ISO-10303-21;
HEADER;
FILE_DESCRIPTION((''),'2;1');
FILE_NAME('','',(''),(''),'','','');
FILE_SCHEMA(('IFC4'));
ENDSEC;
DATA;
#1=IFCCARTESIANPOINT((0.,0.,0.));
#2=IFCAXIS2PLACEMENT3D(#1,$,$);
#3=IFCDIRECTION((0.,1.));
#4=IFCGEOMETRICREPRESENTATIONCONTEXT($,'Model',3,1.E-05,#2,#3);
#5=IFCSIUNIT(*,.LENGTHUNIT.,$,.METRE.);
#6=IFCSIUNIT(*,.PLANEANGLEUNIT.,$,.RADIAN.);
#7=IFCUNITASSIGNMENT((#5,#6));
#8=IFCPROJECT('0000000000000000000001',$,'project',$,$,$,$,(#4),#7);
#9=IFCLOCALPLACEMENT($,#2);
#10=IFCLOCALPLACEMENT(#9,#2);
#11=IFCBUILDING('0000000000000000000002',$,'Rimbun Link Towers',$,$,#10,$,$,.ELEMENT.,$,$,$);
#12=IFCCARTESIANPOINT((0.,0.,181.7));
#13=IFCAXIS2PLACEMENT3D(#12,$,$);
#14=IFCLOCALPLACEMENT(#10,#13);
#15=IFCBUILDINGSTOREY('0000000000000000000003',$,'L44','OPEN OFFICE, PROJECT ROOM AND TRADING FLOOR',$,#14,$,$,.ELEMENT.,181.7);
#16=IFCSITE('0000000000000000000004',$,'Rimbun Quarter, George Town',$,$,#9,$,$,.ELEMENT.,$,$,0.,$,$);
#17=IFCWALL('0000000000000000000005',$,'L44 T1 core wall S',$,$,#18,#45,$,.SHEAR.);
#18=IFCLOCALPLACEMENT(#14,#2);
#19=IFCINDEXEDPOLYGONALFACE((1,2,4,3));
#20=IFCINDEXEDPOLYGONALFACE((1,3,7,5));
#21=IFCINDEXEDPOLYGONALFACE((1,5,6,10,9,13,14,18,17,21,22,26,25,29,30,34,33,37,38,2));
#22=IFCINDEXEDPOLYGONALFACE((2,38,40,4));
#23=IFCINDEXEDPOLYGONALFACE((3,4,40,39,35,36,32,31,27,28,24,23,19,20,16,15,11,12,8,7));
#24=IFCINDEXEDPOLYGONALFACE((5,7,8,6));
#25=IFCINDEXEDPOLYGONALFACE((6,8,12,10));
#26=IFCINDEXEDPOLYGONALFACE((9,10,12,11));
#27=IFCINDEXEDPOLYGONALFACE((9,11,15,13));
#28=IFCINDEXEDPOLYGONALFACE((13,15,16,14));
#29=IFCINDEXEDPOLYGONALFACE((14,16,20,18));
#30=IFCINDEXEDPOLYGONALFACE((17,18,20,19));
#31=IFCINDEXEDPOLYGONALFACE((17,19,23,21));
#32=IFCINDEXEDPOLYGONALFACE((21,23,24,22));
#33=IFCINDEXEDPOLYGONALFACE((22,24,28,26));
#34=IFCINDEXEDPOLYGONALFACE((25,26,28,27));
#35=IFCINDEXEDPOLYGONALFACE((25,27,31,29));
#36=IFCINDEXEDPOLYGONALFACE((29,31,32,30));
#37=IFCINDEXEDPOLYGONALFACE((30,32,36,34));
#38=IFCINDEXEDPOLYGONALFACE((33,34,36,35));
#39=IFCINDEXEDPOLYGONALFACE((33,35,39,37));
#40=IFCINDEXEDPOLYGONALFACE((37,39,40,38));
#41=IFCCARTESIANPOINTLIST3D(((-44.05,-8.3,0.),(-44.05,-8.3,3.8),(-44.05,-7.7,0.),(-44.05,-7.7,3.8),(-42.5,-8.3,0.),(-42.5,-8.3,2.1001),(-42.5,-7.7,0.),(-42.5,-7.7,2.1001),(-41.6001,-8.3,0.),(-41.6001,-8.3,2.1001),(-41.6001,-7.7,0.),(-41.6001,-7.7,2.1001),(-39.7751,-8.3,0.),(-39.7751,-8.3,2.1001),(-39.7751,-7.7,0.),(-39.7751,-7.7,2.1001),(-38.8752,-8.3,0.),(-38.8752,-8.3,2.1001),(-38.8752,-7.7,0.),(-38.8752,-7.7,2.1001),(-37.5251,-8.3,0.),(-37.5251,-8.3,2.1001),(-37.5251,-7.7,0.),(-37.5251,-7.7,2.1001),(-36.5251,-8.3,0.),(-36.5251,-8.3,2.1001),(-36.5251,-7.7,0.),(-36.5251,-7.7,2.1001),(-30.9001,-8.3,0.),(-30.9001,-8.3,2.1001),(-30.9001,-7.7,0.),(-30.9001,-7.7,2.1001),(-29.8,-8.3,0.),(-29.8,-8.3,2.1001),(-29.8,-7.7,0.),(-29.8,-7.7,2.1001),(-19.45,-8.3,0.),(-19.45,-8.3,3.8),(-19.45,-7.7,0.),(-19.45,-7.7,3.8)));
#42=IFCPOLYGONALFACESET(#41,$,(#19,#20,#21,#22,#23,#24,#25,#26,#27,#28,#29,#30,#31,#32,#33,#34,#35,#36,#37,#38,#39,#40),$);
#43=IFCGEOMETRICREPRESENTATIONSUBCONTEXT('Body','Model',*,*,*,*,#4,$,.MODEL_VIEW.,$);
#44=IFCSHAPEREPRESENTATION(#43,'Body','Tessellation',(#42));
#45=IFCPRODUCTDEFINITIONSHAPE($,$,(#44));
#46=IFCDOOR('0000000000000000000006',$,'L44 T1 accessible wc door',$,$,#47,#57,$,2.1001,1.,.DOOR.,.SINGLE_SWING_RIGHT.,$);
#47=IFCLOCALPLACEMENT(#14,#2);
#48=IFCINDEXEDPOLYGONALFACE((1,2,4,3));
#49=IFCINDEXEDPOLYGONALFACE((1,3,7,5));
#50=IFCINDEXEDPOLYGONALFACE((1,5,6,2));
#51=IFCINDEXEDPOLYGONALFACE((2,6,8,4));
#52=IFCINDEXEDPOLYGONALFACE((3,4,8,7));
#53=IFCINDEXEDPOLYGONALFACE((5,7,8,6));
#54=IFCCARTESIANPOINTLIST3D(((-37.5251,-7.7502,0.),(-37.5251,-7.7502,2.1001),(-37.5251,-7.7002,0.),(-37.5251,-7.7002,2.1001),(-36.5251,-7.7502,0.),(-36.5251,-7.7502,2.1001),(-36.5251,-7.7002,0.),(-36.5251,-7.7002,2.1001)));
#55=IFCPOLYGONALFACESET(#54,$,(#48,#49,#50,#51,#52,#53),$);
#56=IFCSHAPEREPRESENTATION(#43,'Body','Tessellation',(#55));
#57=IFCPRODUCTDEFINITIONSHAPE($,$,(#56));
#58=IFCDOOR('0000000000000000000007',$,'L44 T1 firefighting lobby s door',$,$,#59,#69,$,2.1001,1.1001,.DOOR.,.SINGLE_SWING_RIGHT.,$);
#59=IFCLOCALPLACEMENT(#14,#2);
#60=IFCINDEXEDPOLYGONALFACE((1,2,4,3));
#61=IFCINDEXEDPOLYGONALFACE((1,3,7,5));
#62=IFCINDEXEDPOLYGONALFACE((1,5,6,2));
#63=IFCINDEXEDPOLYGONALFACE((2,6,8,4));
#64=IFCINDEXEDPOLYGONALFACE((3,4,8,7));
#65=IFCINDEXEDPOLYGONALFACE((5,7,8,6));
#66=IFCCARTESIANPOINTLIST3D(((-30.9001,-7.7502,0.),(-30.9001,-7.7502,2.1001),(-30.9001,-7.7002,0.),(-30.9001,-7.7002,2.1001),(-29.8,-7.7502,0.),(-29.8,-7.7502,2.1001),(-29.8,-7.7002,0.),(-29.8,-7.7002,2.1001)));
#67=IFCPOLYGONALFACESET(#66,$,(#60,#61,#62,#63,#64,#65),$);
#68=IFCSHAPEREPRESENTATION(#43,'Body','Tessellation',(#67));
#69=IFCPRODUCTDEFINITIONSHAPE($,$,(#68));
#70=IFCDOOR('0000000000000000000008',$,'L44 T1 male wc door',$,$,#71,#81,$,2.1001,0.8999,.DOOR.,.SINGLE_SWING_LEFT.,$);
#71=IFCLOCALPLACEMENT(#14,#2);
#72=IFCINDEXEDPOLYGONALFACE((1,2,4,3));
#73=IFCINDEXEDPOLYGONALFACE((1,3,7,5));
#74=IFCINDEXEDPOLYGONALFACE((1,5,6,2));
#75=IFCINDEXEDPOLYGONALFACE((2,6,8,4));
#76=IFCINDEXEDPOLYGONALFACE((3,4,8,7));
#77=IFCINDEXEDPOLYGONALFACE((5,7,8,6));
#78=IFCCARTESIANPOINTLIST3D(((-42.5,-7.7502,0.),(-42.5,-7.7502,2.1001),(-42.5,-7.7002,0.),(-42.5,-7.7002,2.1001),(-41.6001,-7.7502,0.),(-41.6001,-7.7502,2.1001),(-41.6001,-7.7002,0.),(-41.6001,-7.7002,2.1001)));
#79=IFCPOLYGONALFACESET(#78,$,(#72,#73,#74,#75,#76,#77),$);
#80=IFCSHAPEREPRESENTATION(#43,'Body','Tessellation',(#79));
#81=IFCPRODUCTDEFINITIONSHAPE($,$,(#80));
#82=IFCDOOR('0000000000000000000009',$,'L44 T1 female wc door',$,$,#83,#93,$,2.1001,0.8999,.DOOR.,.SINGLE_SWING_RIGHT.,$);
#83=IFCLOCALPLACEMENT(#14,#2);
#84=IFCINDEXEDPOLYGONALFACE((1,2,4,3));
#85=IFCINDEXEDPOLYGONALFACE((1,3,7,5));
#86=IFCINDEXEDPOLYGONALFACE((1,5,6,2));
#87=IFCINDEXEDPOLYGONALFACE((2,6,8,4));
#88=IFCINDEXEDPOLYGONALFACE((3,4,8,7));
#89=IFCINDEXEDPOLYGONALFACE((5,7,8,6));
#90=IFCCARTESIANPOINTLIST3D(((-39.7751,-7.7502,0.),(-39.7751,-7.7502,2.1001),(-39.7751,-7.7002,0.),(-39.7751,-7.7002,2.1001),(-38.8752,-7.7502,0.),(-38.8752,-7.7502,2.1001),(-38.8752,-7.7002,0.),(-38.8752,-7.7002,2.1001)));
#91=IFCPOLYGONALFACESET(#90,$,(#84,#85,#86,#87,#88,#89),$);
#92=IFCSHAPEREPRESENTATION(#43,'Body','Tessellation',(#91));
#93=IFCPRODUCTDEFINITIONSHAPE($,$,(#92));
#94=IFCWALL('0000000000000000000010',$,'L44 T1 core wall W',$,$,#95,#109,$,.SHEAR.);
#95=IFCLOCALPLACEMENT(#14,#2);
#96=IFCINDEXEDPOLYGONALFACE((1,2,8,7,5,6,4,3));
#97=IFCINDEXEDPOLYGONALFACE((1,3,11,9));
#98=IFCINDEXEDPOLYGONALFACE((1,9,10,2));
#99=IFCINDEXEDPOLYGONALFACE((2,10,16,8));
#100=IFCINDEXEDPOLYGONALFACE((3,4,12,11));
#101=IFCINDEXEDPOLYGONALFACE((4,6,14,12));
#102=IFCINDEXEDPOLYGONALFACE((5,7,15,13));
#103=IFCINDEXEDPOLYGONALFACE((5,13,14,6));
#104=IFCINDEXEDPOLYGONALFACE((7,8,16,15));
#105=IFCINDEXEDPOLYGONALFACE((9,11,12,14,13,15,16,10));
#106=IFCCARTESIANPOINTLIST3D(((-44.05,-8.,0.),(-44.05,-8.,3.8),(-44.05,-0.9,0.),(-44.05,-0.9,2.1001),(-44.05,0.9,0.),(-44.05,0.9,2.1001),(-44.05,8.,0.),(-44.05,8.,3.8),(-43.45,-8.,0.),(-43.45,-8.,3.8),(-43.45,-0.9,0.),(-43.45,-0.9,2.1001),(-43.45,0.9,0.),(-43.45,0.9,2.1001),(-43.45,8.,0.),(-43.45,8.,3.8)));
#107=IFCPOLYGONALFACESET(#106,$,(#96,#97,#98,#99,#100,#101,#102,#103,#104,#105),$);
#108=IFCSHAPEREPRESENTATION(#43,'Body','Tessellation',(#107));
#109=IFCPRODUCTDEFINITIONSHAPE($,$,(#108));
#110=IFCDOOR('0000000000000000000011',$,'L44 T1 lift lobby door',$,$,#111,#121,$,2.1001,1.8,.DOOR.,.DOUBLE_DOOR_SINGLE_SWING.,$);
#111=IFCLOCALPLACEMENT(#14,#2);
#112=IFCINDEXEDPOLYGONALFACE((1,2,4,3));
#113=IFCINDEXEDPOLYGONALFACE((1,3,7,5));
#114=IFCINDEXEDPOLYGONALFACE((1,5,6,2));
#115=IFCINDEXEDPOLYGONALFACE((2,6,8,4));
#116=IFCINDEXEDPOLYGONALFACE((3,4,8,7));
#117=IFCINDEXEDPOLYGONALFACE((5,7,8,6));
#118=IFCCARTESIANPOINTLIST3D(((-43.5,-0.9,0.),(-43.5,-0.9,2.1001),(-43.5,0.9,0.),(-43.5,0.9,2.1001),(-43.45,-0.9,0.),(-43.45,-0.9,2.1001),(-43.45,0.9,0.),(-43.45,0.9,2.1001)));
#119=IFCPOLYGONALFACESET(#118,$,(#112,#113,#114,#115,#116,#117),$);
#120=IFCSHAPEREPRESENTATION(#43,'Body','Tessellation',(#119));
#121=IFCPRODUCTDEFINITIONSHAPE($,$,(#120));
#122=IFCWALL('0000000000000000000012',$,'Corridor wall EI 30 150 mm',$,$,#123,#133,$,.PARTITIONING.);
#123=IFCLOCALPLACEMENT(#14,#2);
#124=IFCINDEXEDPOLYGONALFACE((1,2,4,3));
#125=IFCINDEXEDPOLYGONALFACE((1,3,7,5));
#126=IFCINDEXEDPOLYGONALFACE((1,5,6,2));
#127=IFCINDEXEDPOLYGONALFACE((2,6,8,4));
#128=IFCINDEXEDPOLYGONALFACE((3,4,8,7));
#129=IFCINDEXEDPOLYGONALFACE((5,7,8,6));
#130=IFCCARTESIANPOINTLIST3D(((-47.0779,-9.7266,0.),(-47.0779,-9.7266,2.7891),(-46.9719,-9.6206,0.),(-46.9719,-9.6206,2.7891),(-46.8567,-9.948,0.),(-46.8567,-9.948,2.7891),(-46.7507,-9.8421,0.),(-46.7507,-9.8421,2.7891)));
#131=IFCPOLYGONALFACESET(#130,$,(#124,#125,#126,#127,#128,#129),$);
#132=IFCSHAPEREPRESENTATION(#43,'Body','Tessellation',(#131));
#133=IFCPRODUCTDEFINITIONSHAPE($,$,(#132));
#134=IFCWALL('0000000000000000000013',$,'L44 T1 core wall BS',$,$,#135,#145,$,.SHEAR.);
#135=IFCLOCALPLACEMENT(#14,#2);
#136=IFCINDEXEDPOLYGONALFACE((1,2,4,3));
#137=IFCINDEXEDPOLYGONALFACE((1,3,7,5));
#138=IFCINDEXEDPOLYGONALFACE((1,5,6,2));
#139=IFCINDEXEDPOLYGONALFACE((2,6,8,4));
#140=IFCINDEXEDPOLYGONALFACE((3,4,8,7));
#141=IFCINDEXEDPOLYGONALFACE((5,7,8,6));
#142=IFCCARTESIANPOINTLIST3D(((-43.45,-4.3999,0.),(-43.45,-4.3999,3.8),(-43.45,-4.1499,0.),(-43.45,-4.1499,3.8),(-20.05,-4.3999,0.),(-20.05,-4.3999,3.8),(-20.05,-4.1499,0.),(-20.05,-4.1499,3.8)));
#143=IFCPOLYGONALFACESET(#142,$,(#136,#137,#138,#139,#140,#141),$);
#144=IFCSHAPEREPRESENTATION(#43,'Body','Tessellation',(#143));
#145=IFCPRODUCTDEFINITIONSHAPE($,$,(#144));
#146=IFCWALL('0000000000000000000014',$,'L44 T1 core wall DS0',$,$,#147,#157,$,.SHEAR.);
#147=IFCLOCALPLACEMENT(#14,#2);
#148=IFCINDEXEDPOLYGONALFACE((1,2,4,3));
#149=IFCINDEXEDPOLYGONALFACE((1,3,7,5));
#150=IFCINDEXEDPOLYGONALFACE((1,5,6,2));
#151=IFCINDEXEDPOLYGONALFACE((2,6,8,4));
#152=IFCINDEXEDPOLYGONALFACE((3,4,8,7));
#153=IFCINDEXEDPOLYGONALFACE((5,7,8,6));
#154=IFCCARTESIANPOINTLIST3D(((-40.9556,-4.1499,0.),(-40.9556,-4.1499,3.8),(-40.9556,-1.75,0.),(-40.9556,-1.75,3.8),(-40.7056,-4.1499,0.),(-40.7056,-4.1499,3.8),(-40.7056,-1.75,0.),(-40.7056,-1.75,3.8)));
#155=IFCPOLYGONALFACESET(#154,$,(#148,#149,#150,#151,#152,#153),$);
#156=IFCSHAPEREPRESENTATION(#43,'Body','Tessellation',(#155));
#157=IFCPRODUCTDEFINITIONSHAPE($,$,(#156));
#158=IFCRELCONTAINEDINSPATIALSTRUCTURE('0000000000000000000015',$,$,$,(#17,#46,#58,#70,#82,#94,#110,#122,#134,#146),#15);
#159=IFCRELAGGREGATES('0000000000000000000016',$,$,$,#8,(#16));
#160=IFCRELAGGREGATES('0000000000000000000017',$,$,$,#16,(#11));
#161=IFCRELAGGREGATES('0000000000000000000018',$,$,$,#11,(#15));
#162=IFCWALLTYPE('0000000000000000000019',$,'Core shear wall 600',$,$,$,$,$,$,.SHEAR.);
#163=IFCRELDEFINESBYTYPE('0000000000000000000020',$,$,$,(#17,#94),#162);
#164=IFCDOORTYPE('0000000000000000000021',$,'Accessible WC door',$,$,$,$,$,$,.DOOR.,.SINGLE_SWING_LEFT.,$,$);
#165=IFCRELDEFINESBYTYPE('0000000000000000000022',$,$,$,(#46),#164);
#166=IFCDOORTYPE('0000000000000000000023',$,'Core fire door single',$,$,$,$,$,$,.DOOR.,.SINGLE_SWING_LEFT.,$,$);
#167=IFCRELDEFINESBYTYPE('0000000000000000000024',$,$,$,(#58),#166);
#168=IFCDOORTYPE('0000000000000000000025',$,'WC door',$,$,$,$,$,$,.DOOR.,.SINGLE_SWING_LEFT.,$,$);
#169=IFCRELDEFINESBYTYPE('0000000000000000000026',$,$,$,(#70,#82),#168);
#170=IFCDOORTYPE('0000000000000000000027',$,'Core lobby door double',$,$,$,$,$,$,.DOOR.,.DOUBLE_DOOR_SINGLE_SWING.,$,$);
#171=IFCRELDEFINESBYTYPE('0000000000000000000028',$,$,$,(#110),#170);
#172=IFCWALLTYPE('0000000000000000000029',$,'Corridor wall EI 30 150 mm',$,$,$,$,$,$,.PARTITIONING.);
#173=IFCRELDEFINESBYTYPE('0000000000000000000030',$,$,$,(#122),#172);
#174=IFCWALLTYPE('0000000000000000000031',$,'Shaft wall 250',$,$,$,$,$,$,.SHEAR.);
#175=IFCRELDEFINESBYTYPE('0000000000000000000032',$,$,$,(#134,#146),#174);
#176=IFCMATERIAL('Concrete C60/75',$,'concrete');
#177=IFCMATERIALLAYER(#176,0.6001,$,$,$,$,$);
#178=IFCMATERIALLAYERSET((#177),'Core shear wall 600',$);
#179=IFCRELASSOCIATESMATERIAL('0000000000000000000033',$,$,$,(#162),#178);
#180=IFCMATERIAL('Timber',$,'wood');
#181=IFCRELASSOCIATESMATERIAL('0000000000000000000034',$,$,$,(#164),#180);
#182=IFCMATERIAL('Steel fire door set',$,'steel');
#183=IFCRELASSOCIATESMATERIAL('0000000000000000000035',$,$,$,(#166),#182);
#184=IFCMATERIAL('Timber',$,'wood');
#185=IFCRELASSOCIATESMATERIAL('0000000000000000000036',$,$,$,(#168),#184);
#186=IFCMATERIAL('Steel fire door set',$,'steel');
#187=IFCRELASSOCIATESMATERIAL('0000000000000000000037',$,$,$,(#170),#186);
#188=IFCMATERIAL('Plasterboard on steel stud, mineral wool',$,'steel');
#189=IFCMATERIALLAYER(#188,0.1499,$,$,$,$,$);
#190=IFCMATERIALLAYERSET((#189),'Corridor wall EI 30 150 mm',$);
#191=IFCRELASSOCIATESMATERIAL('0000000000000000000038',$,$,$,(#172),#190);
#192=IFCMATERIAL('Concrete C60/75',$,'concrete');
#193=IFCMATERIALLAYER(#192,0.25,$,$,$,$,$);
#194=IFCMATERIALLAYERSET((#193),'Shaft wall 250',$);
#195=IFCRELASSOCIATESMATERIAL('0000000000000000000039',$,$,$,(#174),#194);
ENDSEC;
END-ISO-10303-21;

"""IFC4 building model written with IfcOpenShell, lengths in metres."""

from ifc_helpers import new_model, si_unit, direction, frame, frame_2d, origin, place, context, subcontext, project, spatial, rectangle, extrude, material, layer, layer_set, type_object, element, fill, save


model = new_model("IFC4")

# Units and contexts
model_context = context("Model", 3, precision=1e-05, world=origin(), true_north=direction((0.0, 1.0)))
body_context = subcontext(model_context, "Body", "Model", "MODEL_VIEW")
ifc_project = project(units=[si_unit("LENGTHUNIT", "METRE"), si_unit("PLANEANGLEUNIT", "RADIAN")], contexts=[model_context])

# Site, building, storey
site_placement = place(None, origin())
site = spatial("IfcSite", under=ifc_project, at=site_placement, Name="Rimbun Quarter, George Town", CompositionType="ELEMENT", RefElevation=0.0)
building_placement = place(site_placement, origin())
building = spatial("IfcBuilding", under=site, at=building_placement, Name="Rimbun Link Towers", CompositionType="ELEMENT")
storey_placement = place(building_placement, frame((0.0, 0.0, 181.7)))
storey = spatial("IfcBuildingStorey", under=building, at=storey_placement, Name="L44", Description="OPEN OFFICE, PROJECT ROOM AND TRADING FLOOR", CompositionType="ELEMENT", Elevation=181.7)

# Wall, openings, doors
ifc_material_1 = material(Name="Concrete C60/75", Category="concrete")
ifc_layer_1 = layer(ifc_material_1, 0.6001)
ifc_layer_set_1 = layer_set([ifc_layer_1], Name="Core shear wall 600")
wall_type_1 = type_object("IfcWallType", Name="Core shear wall 600", PredefinedType="SHEAR", material=ifc_layer_set_1)
wall_1_placement = place(storey_placement, frame((-44.05, -8.0, 0.0), z_axis=(0.0, 0.0, 1.0), x_axis=(1.0, 0.0, 0.0)))
wall_1 = element("IfcWall", 1, at=wall_1_placement, inside=storey, type_object=wall_type_1, Name="L44 T1 core wall S", PredefinedType="SHEAR", context=body_context, shape_type="SweptSolid", body=[
    extrude(rectangle(XDim=24.6001, YDim=0.6001, at=frame_2d((12.3, 0.0))), origin(), (0.0, 0.0, 1.0), 3.8),
])
opening_1_placement = place(wall_1_placement, frame((13.1499, 0.0, 0.0)))
opening_1 = element("IfcOpeningElement", 2, at=opening_1_placement, cuts=wall_1, PredefinedType="OPENING", context=body_context, shape_type="SweptSolid", body=[
    extrude(rectangle(XDim=1.1001, YDim=2.1001, at=frame_2d((0.55, 1.05))), frame((0.0, 0.3101, 0.0), z_axis=(0.0, -1.0, 0.0), x_axis=(1.0, 0.0, 0.0)), (0.0, 0.0, 1.0), 0.6201),
])
opening_2_placement = place(wall_1_placement, frame((1.55, 0.0, 0.0)))
opening_2 = element("IfcOpeningElement", 3, at=opening_2_placement, cuts=wall_1, PredefinedType="OPENING", context=body_context, shape_type="SweptSolid", body=[
    extrude(rectangle(XDim=0.8999, YDim=2.1001, at=frame_2d((0.45, 1.05))), frame((0.0, 0.3101, 0.0), z_axis=(0.0, -1.0, 0.0), x_axis=(1.0, 0.0, 0.0)), (0.0, 0.0, 1.0), 0.6201),
])
opening_3_placement = place(wall_1_placement, frame((4.2749, 0.0, 0.0)))
opening_3 = element("IfcOpeningElement", 4, at=opening_3_placement, cuts=wall_1, PredefinedType="OPENING", context=body_context, shape_type="SweptSolid", body=[
    extrude(rectangle(XDim=0.8999, YDim=2.1001, at=frame_2d((0.45, 1.05))), frame((0.0, 0.3101, 0.0), z_axis=(0.0, -1.0, 0.0), x_axis=(1.0, 0.0, 0.0)), (0.0, 0.0, 1.0), 0.6201),
])
opening_4_placement = place(wall_1_placement, frame((6.5249, 0.0, 0.0)))
opening_4 = element("IfcOpeningElement", 5, at=opening_4_placement, cuts=wall_1, PredefinedType="OPENING", context=body_context, shape_type="SweptSolid", body=[
    extrude(rectangle(XDim=1.0, YDim=2.1001, at=frame_2d((0.5, 1.05))), frame((0.0, 0.3101, 0.0), z_axis=(0.0, -1.0, 0.0), x_axis=(1.0, 0.0, 0.0)), (0.0, 0.0, 1.0), 0.6201),
])
ifc_material_2 = material(Name="Timber", Category="wood")
door_type_1 = type_object("IfcDoorType", Name="Accessible WC door", OperationType="SINGLE_SWING_LEFT", PredefinedType="DOOR", material=ifc_material_2)
door_1_placement = place(opening_4_placement, origin())
door_1 = element("IfcDoor", 6, at=door_1_placement, inside=storey, type_object=door_type_1, Name="L44 T1 accessible wc door", OperationType="SINGLE_SWING_RIGHT", OverallHeight=2.1001, OverallWidth=1.0, PredefinedType="DOOR", context=body_context, shape_type="SweptSolid", body=[
    extrude(rectangle(XDim=1.0, YDim=2.1001, at=frame_2d((0.5, 1.05))), frame((0.0, 0.2998, 0.0), z_axis=(0.0, -1.0, 0.0), x_axis=(1.0, 0.0, 0.0)), (0.0, 0.0, 1.0), 0.05),
])
fill(opening_4, door_1)
ifc_material_3 = material(Name="Steel fire door set", Category="steel")
door_type_2 = type_object("IfcDoorType", Name="Core fire door single", OperationType="SINGLE_SWING_LEFT", PredefinedType="DOOR", material=ifc_material_3)
door_2_placement = place(opening_1_placement, origin())
door_2 = element("IfcDoor", 7, at=door_2_placement, inside=storey, type_object=door_type_2, Name="L44 T1 firefighting lobby s door", OperationType="SINGLE_SWING_RIGHT", OverallHeight=2.1001, OverallWidth=1.1001, PredefinedType="DOOR", context=body_context, shape_type="SweptSolid", body=[
    extrude(rectangle(XDim=1.1001, YDim=2.1001, at=frame_2d((0.55, 1.05))), frame((0.0, 0.2998, 0.0), z_axis=(0.0, -1.0, 0.0), x_axis=(1.0, 0.0, 0.0)), (0.0, 0.0, 1.0), 0.05),
])
fill(opening_1, door_2)
ifc_material_4 = material(Name="Timber", Category="wood")
door_type_3 = type_object("IfcDoorType", Name="WC door", OperationType="SINGLE_SWING_LEFT", PredefinedType="DOOR", material=ifc_material_4)
door_3_placement = place(opening_2_placement, origin())
door_3 = element("IfcDoor", 8, at=door_3_placement, inside=storey, type_object=door_type_3, Name="L44 T1 male wc door", OperationType="SINGLE_SWING_LEFT", OverallHeight=2.1001, OverallWidth=0.8999, PredefinedType="DOOR", context=body_context, shape_type="SweptSolid", body=[
    extrude(rectangle(XDim=0.8999, YDim=2.1001, at=frame_2d((0.45, 1.05))), frame((0.0, 0.2998, 0.0), z_axis=(0.0, -1.0, 0.0), x_axis=(1.0, 0.0, 0.0)), (0.0, 0.0, 1.0), 0.05),
])
fill(opening_2, door_3)
door_4_placement = place(opening_3_placement, origin())
door_4 = element("IfcDoor", 9, at=door_4_placement, inside=storey, type_object=door_type_3, Name="L44 T1 female wc door", OperationType="SINGLE_SWING_RIGHT", OverallHeight=2.1001, OverallWidth=0.8999, PredefinedType="DOOR", context=body_context, shape_type="SweptSolid", body=[
    extrude(rectangle(XDim=0.8999, YDim=2.1001, at=frame_2d((0.45, 1.05))), frame((0.0, 0.2998, 0.0), z_axis=(0.0, -1.0, 0.0), x_axis=(1.0, 0.0, 0.0)), (0.0, 0.0, 1.0), 0.05),
])
fill(opening_3, door_4)

# Wall, opening, door
wall_2_placement = place(storey_placement, frame((-43.75, -8.0, 0.0), z_axis=(0.0, 0.0, 1.0), x_axis=(0.0, 1.0, 0.0)))
wall_2 = element("IfcWall", 10, at=wall_2_placement, inside=storey, type_object=wall_type_1, Name="L44 T1 core wall W", PredefinedType="SHEAR", context=body_context, shape_type="SweptSolid", body=[
    extrude(rectangle(XDim=16.0, YDim=0.6001, at=frame_2d((8.0, 0.0))), origin(), (0.0, 0.0, 1.0), 3.8),
])
opening_5_placement = place(wall_2_placement, frame((7.1001, 0.0, 0.0)))
opening_5 = element("IfcOpeningElement", 11, at=opening_5_placement, cuts=wall_2, PredefinedType="OPENING", context=body_context, shape_type="SweptSolid", body=[
    extrude(rectangle(XDim=1.8, YDim=2.1001, at=frame_2d((0.8999, 1.05))), frame((0.0, 0.3101, 0.0), z_axis=(0.0, -1.0, 0.0), x_axis=(1.0, 0.0, 0.0)), (0.0, 0.0, 1.0), 0.6201),
])
ifc_material_5 = material(Name="Steel fire door set", Category="steel")
door_type_4 = type_object("IfcDoorType", Name="Core lobby door double", OperationType="DOUBLE_DOOR_SINGLE_SWING", PredefinedType="DOOR", material=ifc_material_5)
door_5_placement = place(opening_5_placement, origin())
door_5 = element("IfcDoor", 12, at=door_5_placement, inside=storey, type_object=door_type_4, Name="L44 T1 lift lobby door", OperationType="DOUBLE_DOOR_SINGLE_SWING", OverallHeight=2.1001, OverallWidth=1.8, PredefinedType="DOOR", context=body_context, shape_type="SweptSolid", body=[
    extrude(rectangle(XDim=1.8, YDim=2.1001, at=frame_2d((0.8999, 1.05))), frame((0.0, -0.25, 0.0), z_axis=(0.0, -1.0, 0.0), x_axis=(1.0, 0.0, 0.0)), (0.0, 0.0, 1.0), 0.05),
])
fill(opening_5, door_5)

# Walls
ifc_material_6 = material(Name="Plasterboard on steel stud, mineral wool", Category="steel")
ifc_layer_2 = layer(ifc_material_6, 0.1499)
ifc_layer_set_2 = layer_set([ifc_layer_2], Name="Corridor wall EI 30 150 mm")
wall_type_2 = type_object("IfcWallType", Name="Corridor wall EI 30 150 mm", PredefinedType="PARTITIONING", material=ifc_layer_set_2)
wall_3_placement = place(storey_placement, frame((-47.0249, -9.6736, 0.0), z_axis=(0.0, 0.0, 1.0), x_axis=(0.706717, -0.707497, 0.0)))
element("IfcWall", 13, at=wall_3_placement, inside=storey, type_object=wall_type_2, Name="Corridor wall EI 30 150 mm", PredefinedType="PARTITIONING", context=body_context, shape_type="SweptSolid", body=[
    extrude(rectangle(XDim=0.313, YDim=0.1499, at=frame_2d((0.1565, 0.0))), origin(), (0.0, 0.0, 1.0), 2.7891),
])
ifc_material_7 = material(Name="Concrete C60/75", Category="concrete")
ifc_layer_3 = layer(ifc_material_7, 0.25)
ifc_layer_set_3 = layer_set([ifc_layer_3], Name="Shaft wall 250")
wall_type_3 = type_object("IfcWallType", Name="Shaft wall 250", PredefinedType="SHEAR", material=ifc_layer_set_3)
wall_4_placement = place(storey_placement, frame((-43.45, -4.2749, 0.0), z_axis=(0.0, 0.0, 1.0), x_axis=(1.0, 0.0, 0.0)))
element("IfcWall", 14, at=wall_4_placement, inside=storey, type_object=wall_type_3, Name="L44 T1 core wall BS", PredefinedType="SHEAR", context=body_context, shape_type="SweptSolid", body=[
    extrude(rectangle(XDim=23.3999, YDim=0.25, at=frame_2d((11.7, 0.0))), origin(), (0.0, 0.0, 1.0), 3.8),
])
wall_5_placement = place(storey_placement, frame((-40.8306, -4.1499, 0.0), z_axis=(0.0, 0.0, 1.0), x_axis=(0.0, 1.0, 0.0)))
element("IfcWall", 15, at=wall_5_placement, inside=storey, type_object=wall_type_3, Name="L44 T1 core wall DS0", PredefinedType="SHEAR", context=body_context, shape_type="SweptSolid", body=[
    extrude(rectangle(XDim=2.3999, YDim=0.25, at=frame_2d((1.2, 0.0))), origin(), (0.0, 0.0, 1.0), 3.8),
])

save(model, "model.ifc")
